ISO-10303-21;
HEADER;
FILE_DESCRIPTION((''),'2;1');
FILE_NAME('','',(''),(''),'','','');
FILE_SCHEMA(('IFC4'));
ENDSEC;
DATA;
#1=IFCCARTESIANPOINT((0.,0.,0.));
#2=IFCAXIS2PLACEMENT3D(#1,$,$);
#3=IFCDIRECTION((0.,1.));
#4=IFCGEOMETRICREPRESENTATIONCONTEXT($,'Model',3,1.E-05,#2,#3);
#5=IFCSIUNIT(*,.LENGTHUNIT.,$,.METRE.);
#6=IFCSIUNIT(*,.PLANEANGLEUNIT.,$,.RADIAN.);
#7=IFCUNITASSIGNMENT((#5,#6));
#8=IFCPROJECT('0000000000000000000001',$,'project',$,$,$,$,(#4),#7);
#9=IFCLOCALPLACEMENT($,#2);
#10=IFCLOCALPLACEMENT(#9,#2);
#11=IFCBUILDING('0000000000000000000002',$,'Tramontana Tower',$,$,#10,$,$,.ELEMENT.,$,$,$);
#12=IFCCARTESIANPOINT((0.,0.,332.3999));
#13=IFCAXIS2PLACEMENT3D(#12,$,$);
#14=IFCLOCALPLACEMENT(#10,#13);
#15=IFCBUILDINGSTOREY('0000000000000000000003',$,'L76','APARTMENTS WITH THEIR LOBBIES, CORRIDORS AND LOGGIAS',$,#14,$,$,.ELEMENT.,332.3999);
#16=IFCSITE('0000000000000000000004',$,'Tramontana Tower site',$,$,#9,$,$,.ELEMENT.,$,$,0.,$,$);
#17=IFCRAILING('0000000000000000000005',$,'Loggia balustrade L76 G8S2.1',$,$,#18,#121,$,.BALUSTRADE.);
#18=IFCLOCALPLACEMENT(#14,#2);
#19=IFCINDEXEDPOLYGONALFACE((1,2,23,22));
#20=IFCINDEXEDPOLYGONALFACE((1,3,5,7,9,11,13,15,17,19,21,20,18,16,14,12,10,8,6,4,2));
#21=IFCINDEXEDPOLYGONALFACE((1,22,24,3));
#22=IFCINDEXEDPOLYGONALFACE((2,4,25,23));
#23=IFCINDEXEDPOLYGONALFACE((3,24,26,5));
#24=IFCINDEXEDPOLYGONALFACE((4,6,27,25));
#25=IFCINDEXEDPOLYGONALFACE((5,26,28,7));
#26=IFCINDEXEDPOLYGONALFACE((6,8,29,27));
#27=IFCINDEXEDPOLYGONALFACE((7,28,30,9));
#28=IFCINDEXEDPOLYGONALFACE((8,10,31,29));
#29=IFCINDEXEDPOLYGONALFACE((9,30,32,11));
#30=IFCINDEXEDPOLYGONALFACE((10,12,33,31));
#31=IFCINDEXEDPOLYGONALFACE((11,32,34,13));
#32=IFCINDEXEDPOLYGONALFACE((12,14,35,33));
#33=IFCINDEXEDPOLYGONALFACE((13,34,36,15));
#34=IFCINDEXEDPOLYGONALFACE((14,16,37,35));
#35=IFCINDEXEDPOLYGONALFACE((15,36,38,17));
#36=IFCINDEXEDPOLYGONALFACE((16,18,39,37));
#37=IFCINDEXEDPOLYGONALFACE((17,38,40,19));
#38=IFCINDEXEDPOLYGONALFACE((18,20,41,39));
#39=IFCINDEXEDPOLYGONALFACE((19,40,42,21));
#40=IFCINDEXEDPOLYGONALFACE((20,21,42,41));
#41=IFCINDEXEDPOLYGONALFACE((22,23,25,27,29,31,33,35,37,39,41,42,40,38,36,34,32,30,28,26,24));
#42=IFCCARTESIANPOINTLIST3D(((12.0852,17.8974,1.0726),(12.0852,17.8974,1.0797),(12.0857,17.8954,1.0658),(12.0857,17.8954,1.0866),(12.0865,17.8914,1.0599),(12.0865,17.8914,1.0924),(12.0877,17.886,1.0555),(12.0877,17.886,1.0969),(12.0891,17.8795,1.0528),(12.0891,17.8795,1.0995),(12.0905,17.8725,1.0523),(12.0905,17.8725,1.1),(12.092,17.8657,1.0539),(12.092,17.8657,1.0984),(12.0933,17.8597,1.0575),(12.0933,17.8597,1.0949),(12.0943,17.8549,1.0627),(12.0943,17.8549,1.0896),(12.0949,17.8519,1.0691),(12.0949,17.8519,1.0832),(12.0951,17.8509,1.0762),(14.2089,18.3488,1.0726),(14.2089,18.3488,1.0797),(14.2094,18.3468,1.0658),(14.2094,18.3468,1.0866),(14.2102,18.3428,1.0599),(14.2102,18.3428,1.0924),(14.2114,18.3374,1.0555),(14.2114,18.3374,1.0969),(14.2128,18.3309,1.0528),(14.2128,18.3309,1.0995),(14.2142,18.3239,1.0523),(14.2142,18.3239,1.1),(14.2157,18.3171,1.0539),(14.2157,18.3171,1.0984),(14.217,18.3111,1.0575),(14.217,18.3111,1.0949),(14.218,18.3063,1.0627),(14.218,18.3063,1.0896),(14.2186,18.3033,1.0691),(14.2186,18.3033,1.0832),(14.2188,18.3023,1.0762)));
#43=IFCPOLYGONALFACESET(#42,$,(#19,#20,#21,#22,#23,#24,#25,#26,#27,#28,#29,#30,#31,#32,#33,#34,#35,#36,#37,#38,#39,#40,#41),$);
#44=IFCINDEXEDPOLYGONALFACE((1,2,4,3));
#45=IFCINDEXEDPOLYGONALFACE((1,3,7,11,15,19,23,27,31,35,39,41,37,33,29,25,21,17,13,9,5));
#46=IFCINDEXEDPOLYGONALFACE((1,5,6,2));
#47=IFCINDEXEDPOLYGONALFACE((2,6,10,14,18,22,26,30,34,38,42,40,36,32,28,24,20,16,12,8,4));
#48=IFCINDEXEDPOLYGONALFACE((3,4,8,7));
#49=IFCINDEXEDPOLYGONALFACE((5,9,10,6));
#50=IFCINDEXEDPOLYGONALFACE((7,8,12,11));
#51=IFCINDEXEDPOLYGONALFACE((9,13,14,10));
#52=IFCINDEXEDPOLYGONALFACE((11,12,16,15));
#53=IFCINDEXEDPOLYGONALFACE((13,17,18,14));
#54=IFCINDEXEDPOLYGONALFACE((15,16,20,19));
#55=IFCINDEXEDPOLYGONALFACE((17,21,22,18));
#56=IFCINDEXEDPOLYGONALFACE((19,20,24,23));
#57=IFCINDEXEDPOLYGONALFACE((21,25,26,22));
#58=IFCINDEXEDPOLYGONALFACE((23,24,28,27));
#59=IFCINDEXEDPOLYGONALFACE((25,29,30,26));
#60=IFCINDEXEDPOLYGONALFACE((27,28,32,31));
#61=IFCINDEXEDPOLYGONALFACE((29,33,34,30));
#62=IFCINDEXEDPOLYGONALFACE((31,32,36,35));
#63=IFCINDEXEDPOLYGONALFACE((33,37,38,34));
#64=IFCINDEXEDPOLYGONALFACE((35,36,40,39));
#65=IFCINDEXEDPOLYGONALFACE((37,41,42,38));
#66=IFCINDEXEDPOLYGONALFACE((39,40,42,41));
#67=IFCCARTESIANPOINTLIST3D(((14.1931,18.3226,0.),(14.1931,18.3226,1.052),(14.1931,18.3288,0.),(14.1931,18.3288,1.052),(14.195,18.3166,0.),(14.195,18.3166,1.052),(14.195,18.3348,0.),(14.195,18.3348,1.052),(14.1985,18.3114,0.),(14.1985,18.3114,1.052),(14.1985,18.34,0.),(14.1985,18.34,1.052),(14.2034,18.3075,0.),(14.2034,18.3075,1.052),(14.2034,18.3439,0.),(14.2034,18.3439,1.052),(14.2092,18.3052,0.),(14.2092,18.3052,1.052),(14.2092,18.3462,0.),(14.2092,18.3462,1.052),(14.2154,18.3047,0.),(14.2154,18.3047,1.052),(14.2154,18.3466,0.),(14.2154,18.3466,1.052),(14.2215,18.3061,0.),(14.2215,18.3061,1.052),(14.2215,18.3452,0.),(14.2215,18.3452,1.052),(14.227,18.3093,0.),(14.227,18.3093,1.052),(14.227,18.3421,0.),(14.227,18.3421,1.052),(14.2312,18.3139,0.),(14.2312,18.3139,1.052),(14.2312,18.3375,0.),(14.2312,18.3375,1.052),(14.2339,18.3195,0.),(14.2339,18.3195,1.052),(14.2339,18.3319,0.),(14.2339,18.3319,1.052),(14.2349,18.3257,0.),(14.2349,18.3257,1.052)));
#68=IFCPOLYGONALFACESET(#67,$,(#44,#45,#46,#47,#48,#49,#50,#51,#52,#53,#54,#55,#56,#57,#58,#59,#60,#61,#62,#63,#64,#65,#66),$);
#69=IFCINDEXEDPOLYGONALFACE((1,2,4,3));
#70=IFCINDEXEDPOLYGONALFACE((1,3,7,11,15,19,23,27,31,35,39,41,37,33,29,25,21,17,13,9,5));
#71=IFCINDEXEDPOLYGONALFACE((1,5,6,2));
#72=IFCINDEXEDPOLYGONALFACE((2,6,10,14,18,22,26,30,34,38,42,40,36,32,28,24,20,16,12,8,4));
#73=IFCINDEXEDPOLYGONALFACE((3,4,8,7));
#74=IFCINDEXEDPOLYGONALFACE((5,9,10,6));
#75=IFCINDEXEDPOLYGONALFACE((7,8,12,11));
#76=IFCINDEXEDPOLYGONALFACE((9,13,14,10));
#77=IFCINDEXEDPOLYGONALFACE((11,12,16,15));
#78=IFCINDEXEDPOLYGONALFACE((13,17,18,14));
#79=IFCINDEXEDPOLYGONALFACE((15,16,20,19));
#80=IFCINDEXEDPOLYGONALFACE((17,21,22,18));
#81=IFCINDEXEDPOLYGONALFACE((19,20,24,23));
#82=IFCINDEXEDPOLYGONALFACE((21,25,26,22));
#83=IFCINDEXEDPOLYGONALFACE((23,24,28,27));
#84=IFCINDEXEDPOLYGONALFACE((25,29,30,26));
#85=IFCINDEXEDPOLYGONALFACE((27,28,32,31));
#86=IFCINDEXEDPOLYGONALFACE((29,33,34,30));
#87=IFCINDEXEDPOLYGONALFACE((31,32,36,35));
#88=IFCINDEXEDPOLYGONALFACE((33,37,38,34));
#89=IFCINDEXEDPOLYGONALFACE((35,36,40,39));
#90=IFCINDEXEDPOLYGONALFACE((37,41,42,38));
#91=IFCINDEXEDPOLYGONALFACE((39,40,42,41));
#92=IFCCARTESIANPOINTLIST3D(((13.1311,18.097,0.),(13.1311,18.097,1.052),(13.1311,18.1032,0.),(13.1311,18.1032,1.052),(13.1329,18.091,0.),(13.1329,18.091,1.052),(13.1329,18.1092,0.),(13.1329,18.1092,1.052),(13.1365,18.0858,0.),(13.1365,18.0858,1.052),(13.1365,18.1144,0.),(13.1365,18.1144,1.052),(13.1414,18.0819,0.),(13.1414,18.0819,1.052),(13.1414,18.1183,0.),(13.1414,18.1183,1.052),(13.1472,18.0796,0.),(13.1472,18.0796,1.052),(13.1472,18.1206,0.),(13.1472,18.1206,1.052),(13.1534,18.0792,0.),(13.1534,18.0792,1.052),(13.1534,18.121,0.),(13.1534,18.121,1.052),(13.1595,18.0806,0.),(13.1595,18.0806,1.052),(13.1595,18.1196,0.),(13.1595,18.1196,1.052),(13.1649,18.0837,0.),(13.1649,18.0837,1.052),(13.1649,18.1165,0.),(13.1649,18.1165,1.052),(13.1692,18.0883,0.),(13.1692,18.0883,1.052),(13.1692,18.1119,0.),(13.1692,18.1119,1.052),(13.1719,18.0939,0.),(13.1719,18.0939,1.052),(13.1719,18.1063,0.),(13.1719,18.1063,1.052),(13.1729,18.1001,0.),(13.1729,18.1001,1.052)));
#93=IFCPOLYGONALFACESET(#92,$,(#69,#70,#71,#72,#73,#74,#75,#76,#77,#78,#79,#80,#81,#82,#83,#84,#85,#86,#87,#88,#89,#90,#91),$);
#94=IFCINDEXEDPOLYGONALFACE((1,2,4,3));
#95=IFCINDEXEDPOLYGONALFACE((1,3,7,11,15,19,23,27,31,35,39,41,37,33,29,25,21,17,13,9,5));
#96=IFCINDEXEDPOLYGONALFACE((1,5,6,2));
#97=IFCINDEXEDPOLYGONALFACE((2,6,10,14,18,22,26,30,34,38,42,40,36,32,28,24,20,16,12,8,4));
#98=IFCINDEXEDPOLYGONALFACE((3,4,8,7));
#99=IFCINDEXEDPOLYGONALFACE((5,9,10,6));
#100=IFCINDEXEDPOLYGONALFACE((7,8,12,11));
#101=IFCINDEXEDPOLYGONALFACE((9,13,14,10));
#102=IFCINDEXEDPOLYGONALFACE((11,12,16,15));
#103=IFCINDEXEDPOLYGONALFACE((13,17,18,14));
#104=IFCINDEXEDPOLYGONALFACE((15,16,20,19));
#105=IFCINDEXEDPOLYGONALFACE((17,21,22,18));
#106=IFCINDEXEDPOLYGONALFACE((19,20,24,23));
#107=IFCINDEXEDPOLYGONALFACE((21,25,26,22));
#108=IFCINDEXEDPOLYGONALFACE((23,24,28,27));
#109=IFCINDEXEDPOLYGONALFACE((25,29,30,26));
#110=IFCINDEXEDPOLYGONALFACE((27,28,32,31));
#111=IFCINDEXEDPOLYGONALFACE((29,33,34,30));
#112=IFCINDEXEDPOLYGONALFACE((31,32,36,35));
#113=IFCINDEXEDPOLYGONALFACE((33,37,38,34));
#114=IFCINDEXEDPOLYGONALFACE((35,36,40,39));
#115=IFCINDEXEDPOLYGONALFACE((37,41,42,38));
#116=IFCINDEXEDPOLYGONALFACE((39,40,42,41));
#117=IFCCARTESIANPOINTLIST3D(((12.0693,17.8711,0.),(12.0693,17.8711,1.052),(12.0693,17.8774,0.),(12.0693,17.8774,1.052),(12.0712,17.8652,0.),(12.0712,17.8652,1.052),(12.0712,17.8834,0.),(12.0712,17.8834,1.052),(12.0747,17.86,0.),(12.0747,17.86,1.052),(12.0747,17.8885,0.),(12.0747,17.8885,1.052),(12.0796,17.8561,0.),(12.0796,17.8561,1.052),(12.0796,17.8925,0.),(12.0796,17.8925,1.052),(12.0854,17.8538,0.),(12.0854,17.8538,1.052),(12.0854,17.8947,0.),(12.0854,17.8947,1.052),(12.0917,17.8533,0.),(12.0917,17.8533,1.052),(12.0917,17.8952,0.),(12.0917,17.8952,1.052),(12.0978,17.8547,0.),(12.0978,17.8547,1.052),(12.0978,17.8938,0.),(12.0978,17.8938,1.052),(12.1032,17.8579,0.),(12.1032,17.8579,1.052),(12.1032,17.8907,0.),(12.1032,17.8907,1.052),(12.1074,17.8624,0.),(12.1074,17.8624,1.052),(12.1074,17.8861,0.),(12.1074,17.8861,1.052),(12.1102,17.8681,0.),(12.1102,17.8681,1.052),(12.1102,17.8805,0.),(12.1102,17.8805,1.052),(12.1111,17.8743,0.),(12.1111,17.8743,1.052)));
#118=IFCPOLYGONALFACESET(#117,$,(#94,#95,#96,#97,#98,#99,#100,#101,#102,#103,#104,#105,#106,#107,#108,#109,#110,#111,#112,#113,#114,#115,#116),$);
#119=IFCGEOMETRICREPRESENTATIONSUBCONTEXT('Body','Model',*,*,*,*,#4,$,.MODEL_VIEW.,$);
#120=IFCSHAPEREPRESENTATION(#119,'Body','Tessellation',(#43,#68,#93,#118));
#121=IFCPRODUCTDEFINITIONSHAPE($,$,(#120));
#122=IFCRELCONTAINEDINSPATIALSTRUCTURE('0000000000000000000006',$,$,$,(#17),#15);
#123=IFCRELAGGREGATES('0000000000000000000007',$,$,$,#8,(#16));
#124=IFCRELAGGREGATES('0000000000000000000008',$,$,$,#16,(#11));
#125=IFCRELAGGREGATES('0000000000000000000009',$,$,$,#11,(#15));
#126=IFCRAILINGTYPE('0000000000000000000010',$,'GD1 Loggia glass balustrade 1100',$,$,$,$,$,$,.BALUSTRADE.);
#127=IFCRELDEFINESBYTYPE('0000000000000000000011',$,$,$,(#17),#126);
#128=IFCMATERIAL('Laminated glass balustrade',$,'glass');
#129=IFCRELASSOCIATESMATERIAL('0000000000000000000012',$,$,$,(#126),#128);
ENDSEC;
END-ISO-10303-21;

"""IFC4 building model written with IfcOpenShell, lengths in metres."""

from ifc_helpers import new_model, si_unit, direction, frame, origin, origin_2d, place, context, subcontext, project, spatial, circle, extrude, material, type_object, element, save


model = new_model("IFC4")

# Units and contexts
model_context = context("Model", 3, precision=1e-05, world=origin(), true_north=direction((0.0, 1.0)))
body_context = subcontext(model_context, "Body", "Model", "MODEL_VIEW")
ifc_project = project(units=[si_unit("LENGTHUNIT", "METRE"), si_unit("PLANEANGLEUNIT", "RADIAN")], contexts=[model_context])

# Site, building, storey
site_placement = place(None, origin())
site = spatial("IfcSite", under=ifc_project, at=site_placement, Name="Tramontana Tower site", CompositionType="ELEMENT", RefElevation=0.0)
building_placement = place(site_placement, origin())
building = spatial("IfcBuilding", under=site, at=building_placement, Name="Tramontana Tower", CompositionType="ELEMENT")
storey_placement = place(building_placement, frame((0.0, 0.0, 332.3999)))
storey = spatial("IfcBuildingStorey", under=building, at=storey_placement, Name="L76", Description="APARTMENTS WITH THEIR LOBBIES, CORRIDORS AND LOGGIAS", CompositionType="ELEMENT", Elevation=332.3999)

# Railing
ifc_material_1 = material(Name="Laminated glass balustrade", Category="glass")
railing_type = type_object("IfcRailingType", Name="GD1 Loggia glass balustrade 1100", PredefinedType="BALUSTRADE", material=ifc_material_1)
railing_1_placement = place(storey_placement, frame((14.2139, 18.3257, 0.0)))
element("IfcRailing", 1, at=railing_1_placement, inside=storey, type_object=railing_type, Name="Loggia balustrade L76 G8S2.1", PredefinedType="BALUSTRADE", context=body_context, shape_type="SweptSolid", body=[
    extrude(circle(Radius=0.0239, at=origin_2d()), frame((0.0, 0.0, 1.0762), z_axis=(-0.978148, -0.207909, 0.0), x_axis=(0.207909, -0.978148, 0.0)), (0.0, 0.0, 1.0), 2.1711),
    extrude(circle(Radius=0.021, at=origin_2d()), origin(), (0.0, 0.0, 1.0), 1.052),
    extrude(circle(Radius=0.021, at=origin_2d()), frame((-1.062, -0.2256, 0.0)), (0.0, 0.0, 1.0), 1.052),
    extrude(circle(Radius=0.021, at=origin_2d()), frame((-2.1238, -0.4514, 0.0)), (0.0, 0.0, 1.0), 1.052),
])

save(model, "model.ifc")
